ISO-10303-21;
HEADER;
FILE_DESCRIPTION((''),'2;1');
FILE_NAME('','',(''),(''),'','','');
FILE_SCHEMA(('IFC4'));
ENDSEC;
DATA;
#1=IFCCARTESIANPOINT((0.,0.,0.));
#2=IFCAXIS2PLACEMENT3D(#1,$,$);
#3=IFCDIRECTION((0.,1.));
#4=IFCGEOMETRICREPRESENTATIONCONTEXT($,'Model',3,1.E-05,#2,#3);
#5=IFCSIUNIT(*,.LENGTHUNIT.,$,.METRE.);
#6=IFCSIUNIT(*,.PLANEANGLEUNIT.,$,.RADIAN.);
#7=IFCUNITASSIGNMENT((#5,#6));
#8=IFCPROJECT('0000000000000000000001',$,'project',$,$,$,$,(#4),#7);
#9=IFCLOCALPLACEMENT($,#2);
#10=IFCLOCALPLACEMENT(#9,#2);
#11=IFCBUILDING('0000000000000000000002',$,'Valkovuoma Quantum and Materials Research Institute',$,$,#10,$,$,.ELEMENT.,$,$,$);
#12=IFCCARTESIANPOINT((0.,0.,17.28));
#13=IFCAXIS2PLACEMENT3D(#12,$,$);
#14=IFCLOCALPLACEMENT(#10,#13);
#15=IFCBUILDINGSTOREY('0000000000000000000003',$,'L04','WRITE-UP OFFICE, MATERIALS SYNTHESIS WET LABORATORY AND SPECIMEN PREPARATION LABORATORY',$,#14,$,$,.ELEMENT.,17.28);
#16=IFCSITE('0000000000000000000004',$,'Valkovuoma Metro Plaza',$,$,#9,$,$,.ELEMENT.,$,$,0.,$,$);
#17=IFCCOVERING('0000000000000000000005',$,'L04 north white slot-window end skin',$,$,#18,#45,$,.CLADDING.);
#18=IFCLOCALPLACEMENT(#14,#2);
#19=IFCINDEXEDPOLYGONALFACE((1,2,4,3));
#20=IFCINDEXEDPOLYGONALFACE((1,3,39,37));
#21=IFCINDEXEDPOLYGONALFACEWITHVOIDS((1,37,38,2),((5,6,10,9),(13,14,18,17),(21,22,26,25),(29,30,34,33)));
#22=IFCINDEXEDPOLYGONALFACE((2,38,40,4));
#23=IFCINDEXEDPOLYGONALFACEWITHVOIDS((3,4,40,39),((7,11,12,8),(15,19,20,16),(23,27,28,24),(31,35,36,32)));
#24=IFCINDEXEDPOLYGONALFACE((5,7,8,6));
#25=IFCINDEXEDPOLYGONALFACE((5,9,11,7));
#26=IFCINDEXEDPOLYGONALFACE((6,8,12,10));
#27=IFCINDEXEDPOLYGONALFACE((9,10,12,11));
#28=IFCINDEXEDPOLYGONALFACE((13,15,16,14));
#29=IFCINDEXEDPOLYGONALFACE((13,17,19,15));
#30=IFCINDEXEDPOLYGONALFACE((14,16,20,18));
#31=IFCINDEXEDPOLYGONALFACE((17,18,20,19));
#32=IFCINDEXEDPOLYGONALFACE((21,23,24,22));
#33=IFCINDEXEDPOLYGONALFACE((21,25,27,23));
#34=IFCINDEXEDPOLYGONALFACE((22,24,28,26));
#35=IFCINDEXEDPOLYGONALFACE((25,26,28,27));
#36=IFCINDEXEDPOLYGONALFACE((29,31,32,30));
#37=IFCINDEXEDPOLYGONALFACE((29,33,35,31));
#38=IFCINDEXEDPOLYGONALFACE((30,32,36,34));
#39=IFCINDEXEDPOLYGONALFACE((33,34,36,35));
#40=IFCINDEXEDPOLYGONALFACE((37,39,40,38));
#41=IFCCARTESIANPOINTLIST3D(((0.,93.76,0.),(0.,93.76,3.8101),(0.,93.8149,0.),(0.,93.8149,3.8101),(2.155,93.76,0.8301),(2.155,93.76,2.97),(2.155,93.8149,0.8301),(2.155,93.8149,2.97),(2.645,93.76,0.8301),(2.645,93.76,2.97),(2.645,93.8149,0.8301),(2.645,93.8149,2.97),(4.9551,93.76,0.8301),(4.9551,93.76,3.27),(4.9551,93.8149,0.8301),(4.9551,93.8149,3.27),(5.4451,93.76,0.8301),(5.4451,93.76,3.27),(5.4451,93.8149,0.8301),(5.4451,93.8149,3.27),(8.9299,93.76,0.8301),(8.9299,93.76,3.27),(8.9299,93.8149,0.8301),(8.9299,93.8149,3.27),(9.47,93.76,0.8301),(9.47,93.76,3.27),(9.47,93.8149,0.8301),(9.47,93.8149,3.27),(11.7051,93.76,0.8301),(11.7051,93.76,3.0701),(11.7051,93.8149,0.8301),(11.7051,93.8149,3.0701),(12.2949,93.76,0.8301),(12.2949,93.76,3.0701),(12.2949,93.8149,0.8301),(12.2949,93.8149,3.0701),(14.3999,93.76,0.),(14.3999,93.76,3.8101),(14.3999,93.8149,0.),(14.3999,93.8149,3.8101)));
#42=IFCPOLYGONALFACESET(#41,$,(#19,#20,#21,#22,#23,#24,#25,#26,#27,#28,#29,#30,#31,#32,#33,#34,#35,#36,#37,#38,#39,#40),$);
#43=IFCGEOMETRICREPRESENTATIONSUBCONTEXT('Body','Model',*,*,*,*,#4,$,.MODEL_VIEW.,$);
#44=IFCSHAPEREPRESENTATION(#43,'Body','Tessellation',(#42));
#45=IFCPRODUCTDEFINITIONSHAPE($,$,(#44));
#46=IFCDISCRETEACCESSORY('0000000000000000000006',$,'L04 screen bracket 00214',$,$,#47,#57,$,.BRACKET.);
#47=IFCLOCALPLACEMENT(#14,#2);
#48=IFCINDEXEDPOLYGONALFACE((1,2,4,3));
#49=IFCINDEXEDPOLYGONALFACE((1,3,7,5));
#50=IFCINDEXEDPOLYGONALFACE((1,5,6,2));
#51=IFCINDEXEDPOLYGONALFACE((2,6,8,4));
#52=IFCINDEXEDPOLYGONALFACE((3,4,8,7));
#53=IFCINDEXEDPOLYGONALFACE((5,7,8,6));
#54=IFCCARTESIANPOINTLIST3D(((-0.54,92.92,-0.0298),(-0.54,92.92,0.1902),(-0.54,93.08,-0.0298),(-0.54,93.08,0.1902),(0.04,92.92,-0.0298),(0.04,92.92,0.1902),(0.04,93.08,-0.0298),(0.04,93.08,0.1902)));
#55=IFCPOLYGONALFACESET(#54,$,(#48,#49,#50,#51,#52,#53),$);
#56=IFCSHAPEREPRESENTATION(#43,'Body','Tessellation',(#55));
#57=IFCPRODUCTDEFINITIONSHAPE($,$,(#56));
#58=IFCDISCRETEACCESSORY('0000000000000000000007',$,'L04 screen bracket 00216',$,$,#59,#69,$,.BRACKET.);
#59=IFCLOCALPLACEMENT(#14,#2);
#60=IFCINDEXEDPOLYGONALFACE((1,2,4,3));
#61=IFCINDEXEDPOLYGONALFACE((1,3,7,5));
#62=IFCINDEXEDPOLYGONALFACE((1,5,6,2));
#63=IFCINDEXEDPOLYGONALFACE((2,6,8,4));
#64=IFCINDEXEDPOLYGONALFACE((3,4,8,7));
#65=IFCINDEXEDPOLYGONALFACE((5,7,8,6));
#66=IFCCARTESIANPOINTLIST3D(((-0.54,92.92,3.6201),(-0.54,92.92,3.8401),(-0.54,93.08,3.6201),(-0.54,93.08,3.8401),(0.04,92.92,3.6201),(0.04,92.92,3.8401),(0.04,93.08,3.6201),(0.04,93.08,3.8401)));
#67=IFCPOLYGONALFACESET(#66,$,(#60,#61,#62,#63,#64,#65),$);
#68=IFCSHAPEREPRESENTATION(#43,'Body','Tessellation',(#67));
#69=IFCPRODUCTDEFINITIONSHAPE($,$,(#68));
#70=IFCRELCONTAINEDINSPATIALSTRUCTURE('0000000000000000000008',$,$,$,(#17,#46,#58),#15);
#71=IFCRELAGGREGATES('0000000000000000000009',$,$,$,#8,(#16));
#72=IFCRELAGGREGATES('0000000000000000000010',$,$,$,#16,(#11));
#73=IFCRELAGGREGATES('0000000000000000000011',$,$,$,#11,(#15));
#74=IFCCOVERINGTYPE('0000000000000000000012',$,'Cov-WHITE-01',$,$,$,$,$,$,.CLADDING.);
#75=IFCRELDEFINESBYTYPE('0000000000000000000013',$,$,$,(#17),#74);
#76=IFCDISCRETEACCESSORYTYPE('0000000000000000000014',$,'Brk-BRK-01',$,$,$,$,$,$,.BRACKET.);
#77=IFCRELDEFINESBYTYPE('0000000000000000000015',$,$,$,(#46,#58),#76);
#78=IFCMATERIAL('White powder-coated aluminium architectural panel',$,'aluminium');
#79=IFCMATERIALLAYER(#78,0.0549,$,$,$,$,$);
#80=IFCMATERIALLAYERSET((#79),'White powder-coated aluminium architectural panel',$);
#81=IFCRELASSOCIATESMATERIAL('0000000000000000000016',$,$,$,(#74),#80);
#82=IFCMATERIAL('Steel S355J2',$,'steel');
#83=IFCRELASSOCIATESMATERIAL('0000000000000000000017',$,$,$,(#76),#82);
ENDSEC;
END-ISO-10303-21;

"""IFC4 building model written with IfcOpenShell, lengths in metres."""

from ifc_helpers import new_model, si_unit, direction, frame, origin, origin_2d, place, context, subcontext, project, spatial, polyline, rectangle, outline, extrude, material, layer, layer_set, type_object, element, save


model = new_model("IFC4")

# Units and contexts
model_context = context("Model", 3, precision=1e-05, world=origin(), true_north=direction((0.0, 1.0)))
body_context = subcontext(model_context, "Body", "Model", "MODEL_VIEW")
ifc_project = project(units=[si_unit("LENGTHUNIT", "METRE"), si_unit("PLANEANGLEUNIT", "RADIAN")], contexts=[model_context])

# Site, building, storey
site_placement = place(None, origin())
site = spatial("IfcSite", under=ifc_project, at=site_placement, Name="Valkovuoma Metro Plaza", CompositionType="ELEMENT", RefElevation=0.0)
building_placement = place(site_placement, origin())
building = spatial("IfcBuilding", under=site, at=building_placement, Name="Valkovuoma Quantum and Materials Research Institute", CompositionType="ELEMENT")
storey_placement = place(building_placement, frame((0.0, 0.0, 17.28)))
storey = spatial("IfcBuildingStorey", under=building, at=storey_placement, Name="L04", Description="WRITE-UP OFFICE, MATERIALS SYNTHESIS WET LABORATORY AND SPECIMEN PREPARATION LABORATORY", CompositionType="ELEMENT", Elevation=17.28)

# Covering
ifc_material_1 = material(Name="White powder-coated aluminium architectural panel", Category="aluminium")
ifc_layer_1 = layer(ifc_material_1, 0.0549)
ifc_layer_set_1 = layer_set([ifc_layer_1], Name="White powder-coated aluminium architectural panel")
covering_type = type_object("IfcCoveringType", Name="Cov-WHITE-01", PredefinedType="CLADDING", material=ifc_layer_set_1)
covering_placement = place(storey_placement, frame((0.0, 93.7876, 0.0), z_axis=(0.0, 0.0, 1.0), x_axis=(1.0, 0.0, 0.0)))
element("IfcCovering", 1, at=covering_placement, inside=storey, type_object=covering_type, Name="L04 north white slot-window end skin", PredefinedType="CLADDING", context=body_context, shape_type="SweptSolid", body=[
    extrude(outline(polyline([(0.0, 0.0), (14.3999, 0.0), (14.3999, 3.8101), (0.0, 3.8101), (0.0, 0.0)]), holes=[polyline([(2.155, 0.8301), (2.155, 2.97), (2.645, 2.97), (2.645, 0.8301), (2.155, 0.8301)]), polyline([(4.9551, 0.8301), (4.9551, 3.27), (5.4451, 3.27), (5.4451, 0.8301), (4.9551, 0.8301)]), polyline([(8.9299, 0.8301), (8.9299, 3.27), (9.47, 3.27), (9.47, 0.8301), (8.9299, 0.8301)]), polyline([(11.7051, 0.8301), (11.7051, 3.0701), (12.2949, 3.0701), (12.2949, 0.8301), (11.7051, 0.8301)])]), frame((0.0, 0.0273, 0.0), z_axis=(0.0, -1.0, 0.0), x_axis=(1.0, 0.0, 0.0)), (0.0, 0.0, 1.0), 0.0549),
])

# Discrete accessories
ifc_material_2 = material(Name="Steel S355J2", Category="steel")
discrete_accessory_type = type_object("IfcDiscreteAccessoryType", Name="Brk-BRK-01", PredefinedType="BRACKET", material=ifc_material_2)
for number, where, z_axis, x_axis, name in (
    (2, (-0.25, 93.0, -0.0298), (0.0, 0.0, 1.0), (1.0, 0.0, 0.0), "L04 screen bracket 00214"),
    (3, (-0.25, 93.0, 3.6201), (0.0, 0.0, 1.0), (1.0, 0.0, 0.0), "L04 screen bracket 00216"),
):
    element("IfcDiscreteAccessory", number, at=place(storey_placement, frame(where, z_axis=z_axis, x_axis=x_axis)), inside=storey, type_object=discrete_accessory_type, Name=name, PredefinedType="BRACKET", context=body_context, shape_type="SweptSolid", body=[
        extrude(rectangle(XDim=0.5801, YDim=0.1599, at=origin_2d()), origin(), (0.0, 0.0, 1.0), 0.22),
    ])

save(model, "model.ifc")
